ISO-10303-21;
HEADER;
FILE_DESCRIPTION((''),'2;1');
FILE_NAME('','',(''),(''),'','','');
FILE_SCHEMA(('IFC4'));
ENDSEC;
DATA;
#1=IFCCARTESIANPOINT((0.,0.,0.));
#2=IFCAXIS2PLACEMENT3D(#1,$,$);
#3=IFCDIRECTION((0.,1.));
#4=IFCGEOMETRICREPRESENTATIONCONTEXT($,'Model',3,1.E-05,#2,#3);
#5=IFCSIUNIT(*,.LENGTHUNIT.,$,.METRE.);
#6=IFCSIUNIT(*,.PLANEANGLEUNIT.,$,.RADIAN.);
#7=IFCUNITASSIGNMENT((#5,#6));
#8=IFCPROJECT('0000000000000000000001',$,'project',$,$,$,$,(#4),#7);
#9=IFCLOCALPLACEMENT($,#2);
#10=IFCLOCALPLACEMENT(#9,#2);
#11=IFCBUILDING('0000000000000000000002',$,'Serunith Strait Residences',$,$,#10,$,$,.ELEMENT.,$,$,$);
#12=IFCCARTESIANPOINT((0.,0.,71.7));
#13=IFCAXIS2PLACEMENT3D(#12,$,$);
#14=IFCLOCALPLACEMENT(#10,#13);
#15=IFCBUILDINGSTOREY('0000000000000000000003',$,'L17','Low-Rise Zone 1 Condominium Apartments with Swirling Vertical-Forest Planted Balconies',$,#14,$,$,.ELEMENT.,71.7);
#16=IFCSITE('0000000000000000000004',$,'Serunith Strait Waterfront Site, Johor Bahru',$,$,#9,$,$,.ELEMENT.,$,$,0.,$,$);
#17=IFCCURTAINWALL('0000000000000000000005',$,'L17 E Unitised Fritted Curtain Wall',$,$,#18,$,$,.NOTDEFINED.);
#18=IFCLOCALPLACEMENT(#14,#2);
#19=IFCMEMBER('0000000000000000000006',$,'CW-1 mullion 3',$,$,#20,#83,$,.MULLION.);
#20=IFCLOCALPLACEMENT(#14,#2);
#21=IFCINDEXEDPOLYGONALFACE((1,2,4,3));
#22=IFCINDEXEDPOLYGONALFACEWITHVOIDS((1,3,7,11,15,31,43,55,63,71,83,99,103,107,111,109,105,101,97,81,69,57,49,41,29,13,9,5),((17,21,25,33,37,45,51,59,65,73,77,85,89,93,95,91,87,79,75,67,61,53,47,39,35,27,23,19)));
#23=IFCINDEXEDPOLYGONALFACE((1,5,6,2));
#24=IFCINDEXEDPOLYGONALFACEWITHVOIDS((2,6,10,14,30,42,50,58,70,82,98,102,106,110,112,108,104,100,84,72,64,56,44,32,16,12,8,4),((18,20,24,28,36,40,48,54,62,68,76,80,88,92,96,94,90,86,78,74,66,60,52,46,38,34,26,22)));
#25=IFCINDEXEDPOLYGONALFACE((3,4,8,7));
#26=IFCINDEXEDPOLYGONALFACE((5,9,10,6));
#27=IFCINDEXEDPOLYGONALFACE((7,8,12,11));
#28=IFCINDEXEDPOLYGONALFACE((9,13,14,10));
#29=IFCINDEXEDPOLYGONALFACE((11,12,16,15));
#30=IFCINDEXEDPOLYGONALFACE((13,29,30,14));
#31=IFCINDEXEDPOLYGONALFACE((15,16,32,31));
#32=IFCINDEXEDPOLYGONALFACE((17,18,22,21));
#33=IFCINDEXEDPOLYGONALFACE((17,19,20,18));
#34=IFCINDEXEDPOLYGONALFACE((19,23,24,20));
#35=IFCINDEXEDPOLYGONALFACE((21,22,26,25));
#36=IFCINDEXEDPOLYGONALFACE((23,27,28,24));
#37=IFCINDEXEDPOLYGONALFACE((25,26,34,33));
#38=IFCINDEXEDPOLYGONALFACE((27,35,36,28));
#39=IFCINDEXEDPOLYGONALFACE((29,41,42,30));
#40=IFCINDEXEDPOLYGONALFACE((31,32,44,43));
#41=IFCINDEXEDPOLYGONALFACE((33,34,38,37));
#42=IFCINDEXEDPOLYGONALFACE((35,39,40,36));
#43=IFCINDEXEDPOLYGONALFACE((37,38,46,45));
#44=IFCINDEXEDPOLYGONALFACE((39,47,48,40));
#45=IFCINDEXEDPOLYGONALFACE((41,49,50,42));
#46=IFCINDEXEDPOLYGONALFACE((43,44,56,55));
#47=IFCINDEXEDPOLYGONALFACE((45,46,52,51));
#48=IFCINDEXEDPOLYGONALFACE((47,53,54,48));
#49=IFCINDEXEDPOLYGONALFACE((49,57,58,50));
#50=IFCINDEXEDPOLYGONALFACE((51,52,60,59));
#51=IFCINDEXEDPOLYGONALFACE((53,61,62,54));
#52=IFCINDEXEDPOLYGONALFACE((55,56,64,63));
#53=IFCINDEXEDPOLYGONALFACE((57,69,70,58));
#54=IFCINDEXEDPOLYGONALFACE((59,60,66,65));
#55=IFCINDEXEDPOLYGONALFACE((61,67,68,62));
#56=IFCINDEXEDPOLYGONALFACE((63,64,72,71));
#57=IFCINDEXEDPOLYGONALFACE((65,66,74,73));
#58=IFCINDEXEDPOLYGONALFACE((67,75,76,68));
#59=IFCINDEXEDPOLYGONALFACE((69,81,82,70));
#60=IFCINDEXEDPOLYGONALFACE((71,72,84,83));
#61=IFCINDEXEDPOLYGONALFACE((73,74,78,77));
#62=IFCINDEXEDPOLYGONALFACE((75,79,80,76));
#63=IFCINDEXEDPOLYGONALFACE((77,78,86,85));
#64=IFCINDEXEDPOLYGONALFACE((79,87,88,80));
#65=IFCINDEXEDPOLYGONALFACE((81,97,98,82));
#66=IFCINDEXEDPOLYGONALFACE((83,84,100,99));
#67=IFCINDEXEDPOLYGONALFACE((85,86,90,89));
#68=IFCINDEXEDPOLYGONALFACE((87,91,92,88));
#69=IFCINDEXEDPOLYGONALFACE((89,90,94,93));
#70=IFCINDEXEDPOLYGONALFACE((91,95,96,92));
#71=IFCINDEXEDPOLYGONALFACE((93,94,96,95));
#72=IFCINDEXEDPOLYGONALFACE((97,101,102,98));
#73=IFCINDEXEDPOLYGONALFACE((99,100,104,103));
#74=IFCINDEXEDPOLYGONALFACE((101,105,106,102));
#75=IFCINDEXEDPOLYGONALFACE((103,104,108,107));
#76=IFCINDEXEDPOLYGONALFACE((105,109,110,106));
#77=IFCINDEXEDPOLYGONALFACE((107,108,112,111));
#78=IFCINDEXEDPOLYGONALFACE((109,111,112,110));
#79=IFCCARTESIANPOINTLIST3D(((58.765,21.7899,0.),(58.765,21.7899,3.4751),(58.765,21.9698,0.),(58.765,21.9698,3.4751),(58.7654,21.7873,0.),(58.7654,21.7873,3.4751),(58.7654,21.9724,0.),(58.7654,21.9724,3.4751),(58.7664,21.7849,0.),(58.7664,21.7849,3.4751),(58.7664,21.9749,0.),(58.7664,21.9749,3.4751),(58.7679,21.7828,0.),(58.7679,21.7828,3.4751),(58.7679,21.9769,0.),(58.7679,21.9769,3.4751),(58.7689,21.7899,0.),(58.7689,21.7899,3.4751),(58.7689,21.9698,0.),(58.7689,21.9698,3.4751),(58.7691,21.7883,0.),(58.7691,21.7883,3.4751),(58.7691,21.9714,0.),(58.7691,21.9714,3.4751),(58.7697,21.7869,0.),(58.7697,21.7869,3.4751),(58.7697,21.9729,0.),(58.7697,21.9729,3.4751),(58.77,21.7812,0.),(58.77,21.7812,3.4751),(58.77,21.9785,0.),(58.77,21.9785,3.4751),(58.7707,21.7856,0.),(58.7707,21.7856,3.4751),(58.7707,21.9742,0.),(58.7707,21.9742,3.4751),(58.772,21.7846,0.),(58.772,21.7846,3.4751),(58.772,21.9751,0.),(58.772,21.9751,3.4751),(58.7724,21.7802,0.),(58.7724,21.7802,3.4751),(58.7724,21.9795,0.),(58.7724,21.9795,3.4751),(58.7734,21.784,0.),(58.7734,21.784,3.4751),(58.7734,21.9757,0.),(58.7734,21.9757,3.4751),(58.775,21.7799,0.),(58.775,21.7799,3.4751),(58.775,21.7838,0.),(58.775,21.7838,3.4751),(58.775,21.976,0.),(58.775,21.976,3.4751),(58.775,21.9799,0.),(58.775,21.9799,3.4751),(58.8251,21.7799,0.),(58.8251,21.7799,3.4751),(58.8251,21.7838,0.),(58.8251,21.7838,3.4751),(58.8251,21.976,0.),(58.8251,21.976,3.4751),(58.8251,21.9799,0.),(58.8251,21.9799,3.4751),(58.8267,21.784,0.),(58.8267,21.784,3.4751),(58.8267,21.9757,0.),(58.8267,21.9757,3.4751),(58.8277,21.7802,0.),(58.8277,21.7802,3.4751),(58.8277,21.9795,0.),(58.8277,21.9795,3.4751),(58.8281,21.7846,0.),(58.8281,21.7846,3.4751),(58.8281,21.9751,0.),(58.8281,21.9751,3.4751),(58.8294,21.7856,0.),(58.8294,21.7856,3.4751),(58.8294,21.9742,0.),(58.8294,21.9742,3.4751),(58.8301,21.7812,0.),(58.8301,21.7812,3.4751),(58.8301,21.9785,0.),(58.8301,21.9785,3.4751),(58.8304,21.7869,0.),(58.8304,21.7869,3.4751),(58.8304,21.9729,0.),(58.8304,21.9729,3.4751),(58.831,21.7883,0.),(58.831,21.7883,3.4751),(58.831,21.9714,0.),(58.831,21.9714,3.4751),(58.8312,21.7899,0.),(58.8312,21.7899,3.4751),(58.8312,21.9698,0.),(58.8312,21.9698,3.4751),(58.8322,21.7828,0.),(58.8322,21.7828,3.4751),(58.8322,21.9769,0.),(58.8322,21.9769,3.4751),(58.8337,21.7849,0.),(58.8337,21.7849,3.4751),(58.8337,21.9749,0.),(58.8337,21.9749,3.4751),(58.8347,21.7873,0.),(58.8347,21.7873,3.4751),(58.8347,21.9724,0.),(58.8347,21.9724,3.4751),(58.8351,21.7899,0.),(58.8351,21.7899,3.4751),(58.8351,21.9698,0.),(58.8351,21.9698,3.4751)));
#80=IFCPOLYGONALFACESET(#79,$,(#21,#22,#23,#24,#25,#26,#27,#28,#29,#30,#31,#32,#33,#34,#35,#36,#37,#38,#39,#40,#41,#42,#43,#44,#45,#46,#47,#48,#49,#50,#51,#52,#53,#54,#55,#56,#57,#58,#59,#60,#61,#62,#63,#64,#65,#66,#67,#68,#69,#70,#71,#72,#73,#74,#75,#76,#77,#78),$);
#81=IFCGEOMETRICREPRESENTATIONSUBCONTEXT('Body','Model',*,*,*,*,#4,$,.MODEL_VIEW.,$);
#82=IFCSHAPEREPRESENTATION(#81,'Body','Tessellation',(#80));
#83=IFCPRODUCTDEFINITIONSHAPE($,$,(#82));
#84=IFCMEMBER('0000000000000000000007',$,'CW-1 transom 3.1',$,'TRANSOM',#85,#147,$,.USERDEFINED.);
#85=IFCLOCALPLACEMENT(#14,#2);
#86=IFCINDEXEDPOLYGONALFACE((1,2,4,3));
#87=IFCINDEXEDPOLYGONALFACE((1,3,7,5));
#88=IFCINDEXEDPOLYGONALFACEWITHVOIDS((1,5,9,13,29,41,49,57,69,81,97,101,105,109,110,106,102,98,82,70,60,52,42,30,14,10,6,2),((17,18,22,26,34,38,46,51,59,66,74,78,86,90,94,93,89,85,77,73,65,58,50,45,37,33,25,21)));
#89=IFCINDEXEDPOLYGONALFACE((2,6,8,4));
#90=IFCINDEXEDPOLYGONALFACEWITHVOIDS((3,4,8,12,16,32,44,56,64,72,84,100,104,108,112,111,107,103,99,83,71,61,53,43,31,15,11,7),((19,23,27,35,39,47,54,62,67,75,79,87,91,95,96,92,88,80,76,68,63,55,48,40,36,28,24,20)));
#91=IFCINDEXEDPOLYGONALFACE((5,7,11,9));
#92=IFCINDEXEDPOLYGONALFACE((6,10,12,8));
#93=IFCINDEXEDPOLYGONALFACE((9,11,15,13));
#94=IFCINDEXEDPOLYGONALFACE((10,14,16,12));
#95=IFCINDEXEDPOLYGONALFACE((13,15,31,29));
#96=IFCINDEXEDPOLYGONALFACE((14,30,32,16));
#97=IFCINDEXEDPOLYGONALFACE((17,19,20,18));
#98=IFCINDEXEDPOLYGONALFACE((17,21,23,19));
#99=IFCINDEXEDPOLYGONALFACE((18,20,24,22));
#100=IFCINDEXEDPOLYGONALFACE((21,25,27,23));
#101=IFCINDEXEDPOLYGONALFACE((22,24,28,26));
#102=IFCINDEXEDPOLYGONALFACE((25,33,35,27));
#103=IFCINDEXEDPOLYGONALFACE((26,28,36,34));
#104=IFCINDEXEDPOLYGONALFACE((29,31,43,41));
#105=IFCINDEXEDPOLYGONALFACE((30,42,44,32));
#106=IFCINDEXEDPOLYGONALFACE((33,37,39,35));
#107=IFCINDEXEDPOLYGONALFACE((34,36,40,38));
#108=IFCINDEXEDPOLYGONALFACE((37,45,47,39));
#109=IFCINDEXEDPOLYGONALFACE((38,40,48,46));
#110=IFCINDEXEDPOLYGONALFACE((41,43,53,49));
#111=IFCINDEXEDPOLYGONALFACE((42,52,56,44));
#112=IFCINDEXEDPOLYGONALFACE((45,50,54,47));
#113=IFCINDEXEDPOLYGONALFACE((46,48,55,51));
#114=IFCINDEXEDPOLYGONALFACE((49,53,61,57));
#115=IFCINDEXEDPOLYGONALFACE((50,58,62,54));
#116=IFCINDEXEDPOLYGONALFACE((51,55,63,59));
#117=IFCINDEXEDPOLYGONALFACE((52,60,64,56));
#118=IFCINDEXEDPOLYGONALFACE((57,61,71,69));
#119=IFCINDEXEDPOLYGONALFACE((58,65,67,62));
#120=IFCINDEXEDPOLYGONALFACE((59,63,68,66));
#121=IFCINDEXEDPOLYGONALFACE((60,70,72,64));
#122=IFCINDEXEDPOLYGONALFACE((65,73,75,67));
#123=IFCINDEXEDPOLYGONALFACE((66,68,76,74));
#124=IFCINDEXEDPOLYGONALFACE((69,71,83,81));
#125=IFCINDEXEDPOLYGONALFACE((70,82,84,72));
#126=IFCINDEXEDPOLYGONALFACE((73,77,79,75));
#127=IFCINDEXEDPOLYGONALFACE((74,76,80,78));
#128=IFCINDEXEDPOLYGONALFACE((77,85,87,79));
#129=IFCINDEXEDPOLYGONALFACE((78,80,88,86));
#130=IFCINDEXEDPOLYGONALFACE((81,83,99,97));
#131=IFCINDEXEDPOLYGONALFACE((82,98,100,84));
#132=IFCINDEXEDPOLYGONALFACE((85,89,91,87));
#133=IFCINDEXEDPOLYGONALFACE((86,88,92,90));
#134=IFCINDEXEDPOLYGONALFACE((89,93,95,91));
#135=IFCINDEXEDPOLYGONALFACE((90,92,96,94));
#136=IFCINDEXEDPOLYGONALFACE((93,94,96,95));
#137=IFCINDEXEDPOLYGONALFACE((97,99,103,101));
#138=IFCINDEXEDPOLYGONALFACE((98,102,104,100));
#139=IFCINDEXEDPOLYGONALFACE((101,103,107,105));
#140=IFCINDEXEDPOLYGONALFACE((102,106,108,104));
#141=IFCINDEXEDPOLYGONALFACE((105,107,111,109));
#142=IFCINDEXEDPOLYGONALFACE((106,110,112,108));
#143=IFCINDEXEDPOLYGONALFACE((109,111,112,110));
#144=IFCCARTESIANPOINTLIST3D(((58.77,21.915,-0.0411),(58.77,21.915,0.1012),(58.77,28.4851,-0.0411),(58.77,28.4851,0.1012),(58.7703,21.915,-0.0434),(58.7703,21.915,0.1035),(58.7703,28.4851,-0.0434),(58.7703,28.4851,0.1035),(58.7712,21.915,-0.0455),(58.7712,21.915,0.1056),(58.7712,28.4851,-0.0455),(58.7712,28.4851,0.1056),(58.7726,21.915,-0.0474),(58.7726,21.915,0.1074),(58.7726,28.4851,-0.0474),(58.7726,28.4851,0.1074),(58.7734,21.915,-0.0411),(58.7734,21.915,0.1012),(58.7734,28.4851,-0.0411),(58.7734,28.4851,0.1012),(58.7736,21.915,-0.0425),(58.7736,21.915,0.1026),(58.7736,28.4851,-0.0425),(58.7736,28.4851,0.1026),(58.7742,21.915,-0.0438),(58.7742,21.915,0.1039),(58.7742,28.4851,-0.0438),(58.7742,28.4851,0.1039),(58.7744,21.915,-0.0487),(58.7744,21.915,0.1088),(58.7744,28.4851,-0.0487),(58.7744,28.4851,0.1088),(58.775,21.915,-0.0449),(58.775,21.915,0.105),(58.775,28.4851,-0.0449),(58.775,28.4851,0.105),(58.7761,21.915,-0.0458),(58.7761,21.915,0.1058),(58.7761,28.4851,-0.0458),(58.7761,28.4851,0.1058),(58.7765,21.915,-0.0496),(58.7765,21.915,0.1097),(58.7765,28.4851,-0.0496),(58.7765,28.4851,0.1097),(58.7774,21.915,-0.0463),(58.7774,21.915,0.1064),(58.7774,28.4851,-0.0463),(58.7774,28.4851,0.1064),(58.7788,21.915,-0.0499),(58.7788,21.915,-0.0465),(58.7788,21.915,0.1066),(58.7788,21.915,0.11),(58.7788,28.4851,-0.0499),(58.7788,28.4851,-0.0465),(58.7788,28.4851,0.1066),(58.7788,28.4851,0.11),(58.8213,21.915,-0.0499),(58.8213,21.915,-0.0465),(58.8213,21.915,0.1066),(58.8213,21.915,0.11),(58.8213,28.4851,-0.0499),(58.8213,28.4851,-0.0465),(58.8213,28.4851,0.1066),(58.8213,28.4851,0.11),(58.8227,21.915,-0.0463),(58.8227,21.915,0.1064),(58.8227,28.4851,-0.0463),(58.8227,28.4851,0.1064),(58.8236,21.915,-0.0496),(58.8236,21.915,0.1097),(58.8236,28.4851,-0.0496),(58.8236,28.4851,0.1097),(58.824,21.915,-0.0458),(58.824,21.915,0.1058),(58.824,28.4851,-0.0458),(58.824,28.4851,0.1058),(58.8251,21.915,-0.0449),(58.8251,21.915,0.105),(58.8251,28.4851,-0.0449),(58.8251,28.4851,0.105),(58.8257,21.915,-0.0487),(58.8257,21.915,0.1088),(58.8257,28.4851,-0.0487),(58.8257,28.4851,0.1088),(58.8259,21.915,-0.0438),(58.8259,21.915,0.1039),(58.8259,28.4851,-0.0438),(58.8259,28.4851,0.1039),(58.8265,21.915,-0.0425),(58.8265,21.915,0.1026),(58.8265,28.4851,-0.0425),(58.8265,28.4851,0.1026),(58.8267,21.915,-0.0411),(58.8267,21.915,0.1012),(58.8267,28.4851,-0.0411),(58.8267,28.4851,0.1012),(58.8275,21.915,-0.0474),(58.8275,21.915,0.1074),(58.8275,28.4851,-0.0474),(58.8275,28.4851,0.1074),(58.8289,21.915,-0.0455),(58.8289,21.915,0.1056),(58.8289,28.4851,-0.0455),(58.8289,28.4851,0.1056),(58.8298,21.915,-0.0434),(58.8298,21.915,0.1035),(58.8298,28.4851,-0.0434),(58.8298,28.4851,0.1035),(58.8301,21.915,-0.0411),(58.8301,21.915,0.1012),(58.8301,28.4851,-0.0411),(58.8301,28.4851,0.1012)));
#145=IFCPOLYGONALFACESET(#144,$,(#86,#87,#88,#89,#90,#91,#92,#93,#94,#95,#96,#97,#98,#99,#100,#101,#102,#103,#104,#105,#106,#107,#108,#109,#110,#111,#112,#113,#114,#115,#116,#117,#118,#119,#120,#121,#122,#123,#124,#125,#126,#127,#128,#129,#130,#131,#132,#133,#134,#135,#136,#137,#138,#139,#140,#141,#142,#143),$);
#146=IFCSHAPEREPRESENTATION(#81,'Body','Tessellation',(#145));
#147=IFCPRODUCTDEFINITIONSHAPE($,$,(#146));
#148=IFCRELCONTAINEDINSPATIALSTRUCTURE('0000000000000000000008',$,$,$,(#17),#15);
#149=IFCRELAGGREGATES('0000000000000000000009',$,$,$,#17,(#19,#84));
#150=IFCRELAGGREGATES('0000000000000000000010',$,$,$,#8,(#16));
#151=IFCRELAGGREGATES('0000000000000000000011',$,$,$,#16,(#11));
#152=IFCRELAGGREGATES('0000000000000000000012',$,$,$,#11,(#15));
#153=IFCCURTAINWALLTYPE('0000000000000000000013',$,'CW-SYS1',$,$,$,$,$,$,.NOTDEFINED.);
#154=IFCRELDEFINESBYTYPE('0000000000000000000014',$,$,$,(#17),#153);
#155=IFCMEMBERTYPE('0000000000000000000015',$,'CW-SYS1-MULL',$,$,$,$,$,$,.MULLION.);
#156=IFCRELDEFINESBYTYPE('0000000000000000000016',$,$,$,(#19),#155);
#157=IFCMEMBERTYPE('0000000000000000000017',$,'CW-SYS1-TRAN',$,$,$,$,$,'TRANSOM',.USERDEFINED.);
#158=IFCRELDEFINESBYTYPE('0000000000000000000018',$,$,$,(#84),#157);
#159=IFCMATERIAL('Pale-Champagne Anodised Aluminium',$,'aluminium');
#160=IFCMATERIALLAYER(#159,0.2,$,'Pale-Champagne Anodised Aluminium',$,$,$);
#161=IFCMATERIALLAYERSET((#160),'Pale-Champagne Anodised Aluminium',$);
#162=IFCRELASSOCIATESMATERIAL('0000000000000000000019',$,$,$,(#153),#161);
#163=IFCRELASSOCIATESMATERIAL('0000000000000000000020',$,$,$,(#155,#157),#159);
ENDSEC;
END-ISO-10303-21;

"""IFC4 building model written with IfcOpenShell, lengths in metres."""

from ifc_helpers import new_model, si_unit, direction, frame, origin, origin_2d, place, context, subcontext, project, spatial, hollow_rectangle, extrude, source, transform, mapped, material, layer, layer_set, material_profile, profile_set, type_object, element, aggregate, save


model = new_model("IFC4")

# Units and contexts
model_context = context("Model", 3, precision=1e-05, world=origin(), true_north=direction((0.0, 1.0)))
body_context = subcontext(model_context, "Body", "Model", "MODEL_VIEW")
ifc_project = project(units=[si_unit("LENGTHUNIT", "METRE"), si_unit("PLANEANGLEUNIT", "RADIAN")], contexts=[model_context])

# Site, building, storey
site_placement = place(None, origin())
site = spatial("IfcSite", under=ifc_project, at=site_placement, Name="Serunith Strait Waterfront Site, Johor Bahru", CompositionType="ELEMENT", RefElevation=0.0)
building_placement = place(site_placement, origin())
building = spatial("IfcBuilding", under=site, at=building_placement, Name="Serunith Strait Residences", CompositionType="ELEMENT")
storey_placement = place(building_placement, frame((0.0, 0.0, 71.7)))
storey = spatial("IfcBuildingStorey", under=building, at=storey_placement, Name="L17", Description="Low-Rise Zone 1 Condominium Apartments with Swirling Vertical-Forest Planted Balconies", CompositionType="ELEMENT", Elevation=71.7)

# Curtain wall, members
ifc_material_1 = material(Name="Pale-Champagne Anodised Aluminium", Category="aluminium")
ifc_layer_1 = layer(ifc_material_1, 0.2, Name="Pale-Champagne Anodised Aluminium")
ifc_layer_set_1 = layer_set([ifc_layer_1], Name="Pale-Champagne Anodised Aluminium")
curtain_wall_type = type_object("IfcCurtainWallType", Name="CW-SYS1", PredefinedType="NOTDEFINED", material=ifc_layer_set_1)
curtain_wall_placement = place(storey_placement, origin())
curtain_wall = element("IfcCurtainWall", 1, at=curtain_wall_placement, inside=storey, type_object=curtain_wall_type, Name="L17 E Unitised Fritted Curtain Wall", PredefinedType="NOTDEFINED")
ifc_material_profile_1 = material_profile(ifc_material_1, hollow_rectangle(XDim=0.0701, YDim=0.2, WallThickness=0.0039, InnerFilletRadius=0.0061, OuterFilletRadius=0.01, at=origin_2d()), Name="ALU 200x70x4")
ifc_profile_set_1 = profile_set([ifc_material_profile_1], Name="Pale-Champagne Anodised Aluminium")
member_type_1 = type_object("IfcMemberType", Name="CW-SYS1-MULL", PredefinedType="MULLION", material=ifc_profile_set_1)
shared_shape_1 = source(origin(), body_context, "Body", "SweptSolid", [
    extrude(hollow_rectangle(XDim=0.0701, YDim=0.2, WallThickness=0.0039, InnerFilletRadius=0.0061, OuterFilletRadius=0.01, at=origin_2d()), origin(), (0.0, 0.0, 1.0), 3.4751),
])
member_1_placement = place(storey_placement, frame((58.8, 21.8799, 0.0), z_axis=(0.0, 0.0, 1.0), x_axis=(-1.0, 0.0, 0.0)))
member_1 = element("IfcMember", 2, at=member_1_placement, type_object=member_type_1, Name="CW-1 mullion 3", PredefinedType="MULLION", context=body_context, shape_type="MappedRepresentation", body=[
    mapped(shared_shape_1, transform((0.0, 0.0, 0.0), scale=1.0)),
])
ifc_material_profile_2 = material_profile(ifc_material_1, hollow_rectangle(XDim=0.0601, YDim=0.1599, WallThickness=0.0034, InnerFilletRadius=0.0054, OuterFilletRadius=0.0088, at=origin_2d()), Name="ALU 160x60x3.5")
ifc_profile_set_2 = profile_set([ifc_material_profile_2], Name="Pale-Champagne Anodised Aluminium")
member_type_2 = type_object("IfcMemberType", Name="CW-SYS1-TRAN", ElementType="TRANSOM", PredefinedType="USERDEFINED", material=ifc_profile_set_2)
shared_shape_2 = source(origin(), body_context, "Body", "SweptSolid", [
    extrude(hollow_rectangle(XDim=0.0601, YDim=0.1599, WallThickness=0.0034, InnerFilletRadius=0.0054, OuterFilletRadius=0.0088, at=origin_2d()), origin(), (0.0, 0.0, 1.0), 6.5701),
])
member_2_placement = place(storey_placement, frame((58.8, 21.915, 0.03), z_axis=(0.0, 1.0, 0.0), x_axis=(-1.0, 0.0, 0.0)))
member_2 = element("IfcMember", 3, at=member_2_placement, type_object=member_type_2, Name="CW-1 transom 3.1", ObjectType="TRANSOM", PredefinedType="USERDEFINED", context=body_context, shape_type="MappedRepresentation", body=[
    mapped(shared_shape_2, transform((0.0, 0.0, 0.0), scale=1.0)),
])
aggregate(curtain_wall, [member_1, member_2])

save(model, "model.ifc")
